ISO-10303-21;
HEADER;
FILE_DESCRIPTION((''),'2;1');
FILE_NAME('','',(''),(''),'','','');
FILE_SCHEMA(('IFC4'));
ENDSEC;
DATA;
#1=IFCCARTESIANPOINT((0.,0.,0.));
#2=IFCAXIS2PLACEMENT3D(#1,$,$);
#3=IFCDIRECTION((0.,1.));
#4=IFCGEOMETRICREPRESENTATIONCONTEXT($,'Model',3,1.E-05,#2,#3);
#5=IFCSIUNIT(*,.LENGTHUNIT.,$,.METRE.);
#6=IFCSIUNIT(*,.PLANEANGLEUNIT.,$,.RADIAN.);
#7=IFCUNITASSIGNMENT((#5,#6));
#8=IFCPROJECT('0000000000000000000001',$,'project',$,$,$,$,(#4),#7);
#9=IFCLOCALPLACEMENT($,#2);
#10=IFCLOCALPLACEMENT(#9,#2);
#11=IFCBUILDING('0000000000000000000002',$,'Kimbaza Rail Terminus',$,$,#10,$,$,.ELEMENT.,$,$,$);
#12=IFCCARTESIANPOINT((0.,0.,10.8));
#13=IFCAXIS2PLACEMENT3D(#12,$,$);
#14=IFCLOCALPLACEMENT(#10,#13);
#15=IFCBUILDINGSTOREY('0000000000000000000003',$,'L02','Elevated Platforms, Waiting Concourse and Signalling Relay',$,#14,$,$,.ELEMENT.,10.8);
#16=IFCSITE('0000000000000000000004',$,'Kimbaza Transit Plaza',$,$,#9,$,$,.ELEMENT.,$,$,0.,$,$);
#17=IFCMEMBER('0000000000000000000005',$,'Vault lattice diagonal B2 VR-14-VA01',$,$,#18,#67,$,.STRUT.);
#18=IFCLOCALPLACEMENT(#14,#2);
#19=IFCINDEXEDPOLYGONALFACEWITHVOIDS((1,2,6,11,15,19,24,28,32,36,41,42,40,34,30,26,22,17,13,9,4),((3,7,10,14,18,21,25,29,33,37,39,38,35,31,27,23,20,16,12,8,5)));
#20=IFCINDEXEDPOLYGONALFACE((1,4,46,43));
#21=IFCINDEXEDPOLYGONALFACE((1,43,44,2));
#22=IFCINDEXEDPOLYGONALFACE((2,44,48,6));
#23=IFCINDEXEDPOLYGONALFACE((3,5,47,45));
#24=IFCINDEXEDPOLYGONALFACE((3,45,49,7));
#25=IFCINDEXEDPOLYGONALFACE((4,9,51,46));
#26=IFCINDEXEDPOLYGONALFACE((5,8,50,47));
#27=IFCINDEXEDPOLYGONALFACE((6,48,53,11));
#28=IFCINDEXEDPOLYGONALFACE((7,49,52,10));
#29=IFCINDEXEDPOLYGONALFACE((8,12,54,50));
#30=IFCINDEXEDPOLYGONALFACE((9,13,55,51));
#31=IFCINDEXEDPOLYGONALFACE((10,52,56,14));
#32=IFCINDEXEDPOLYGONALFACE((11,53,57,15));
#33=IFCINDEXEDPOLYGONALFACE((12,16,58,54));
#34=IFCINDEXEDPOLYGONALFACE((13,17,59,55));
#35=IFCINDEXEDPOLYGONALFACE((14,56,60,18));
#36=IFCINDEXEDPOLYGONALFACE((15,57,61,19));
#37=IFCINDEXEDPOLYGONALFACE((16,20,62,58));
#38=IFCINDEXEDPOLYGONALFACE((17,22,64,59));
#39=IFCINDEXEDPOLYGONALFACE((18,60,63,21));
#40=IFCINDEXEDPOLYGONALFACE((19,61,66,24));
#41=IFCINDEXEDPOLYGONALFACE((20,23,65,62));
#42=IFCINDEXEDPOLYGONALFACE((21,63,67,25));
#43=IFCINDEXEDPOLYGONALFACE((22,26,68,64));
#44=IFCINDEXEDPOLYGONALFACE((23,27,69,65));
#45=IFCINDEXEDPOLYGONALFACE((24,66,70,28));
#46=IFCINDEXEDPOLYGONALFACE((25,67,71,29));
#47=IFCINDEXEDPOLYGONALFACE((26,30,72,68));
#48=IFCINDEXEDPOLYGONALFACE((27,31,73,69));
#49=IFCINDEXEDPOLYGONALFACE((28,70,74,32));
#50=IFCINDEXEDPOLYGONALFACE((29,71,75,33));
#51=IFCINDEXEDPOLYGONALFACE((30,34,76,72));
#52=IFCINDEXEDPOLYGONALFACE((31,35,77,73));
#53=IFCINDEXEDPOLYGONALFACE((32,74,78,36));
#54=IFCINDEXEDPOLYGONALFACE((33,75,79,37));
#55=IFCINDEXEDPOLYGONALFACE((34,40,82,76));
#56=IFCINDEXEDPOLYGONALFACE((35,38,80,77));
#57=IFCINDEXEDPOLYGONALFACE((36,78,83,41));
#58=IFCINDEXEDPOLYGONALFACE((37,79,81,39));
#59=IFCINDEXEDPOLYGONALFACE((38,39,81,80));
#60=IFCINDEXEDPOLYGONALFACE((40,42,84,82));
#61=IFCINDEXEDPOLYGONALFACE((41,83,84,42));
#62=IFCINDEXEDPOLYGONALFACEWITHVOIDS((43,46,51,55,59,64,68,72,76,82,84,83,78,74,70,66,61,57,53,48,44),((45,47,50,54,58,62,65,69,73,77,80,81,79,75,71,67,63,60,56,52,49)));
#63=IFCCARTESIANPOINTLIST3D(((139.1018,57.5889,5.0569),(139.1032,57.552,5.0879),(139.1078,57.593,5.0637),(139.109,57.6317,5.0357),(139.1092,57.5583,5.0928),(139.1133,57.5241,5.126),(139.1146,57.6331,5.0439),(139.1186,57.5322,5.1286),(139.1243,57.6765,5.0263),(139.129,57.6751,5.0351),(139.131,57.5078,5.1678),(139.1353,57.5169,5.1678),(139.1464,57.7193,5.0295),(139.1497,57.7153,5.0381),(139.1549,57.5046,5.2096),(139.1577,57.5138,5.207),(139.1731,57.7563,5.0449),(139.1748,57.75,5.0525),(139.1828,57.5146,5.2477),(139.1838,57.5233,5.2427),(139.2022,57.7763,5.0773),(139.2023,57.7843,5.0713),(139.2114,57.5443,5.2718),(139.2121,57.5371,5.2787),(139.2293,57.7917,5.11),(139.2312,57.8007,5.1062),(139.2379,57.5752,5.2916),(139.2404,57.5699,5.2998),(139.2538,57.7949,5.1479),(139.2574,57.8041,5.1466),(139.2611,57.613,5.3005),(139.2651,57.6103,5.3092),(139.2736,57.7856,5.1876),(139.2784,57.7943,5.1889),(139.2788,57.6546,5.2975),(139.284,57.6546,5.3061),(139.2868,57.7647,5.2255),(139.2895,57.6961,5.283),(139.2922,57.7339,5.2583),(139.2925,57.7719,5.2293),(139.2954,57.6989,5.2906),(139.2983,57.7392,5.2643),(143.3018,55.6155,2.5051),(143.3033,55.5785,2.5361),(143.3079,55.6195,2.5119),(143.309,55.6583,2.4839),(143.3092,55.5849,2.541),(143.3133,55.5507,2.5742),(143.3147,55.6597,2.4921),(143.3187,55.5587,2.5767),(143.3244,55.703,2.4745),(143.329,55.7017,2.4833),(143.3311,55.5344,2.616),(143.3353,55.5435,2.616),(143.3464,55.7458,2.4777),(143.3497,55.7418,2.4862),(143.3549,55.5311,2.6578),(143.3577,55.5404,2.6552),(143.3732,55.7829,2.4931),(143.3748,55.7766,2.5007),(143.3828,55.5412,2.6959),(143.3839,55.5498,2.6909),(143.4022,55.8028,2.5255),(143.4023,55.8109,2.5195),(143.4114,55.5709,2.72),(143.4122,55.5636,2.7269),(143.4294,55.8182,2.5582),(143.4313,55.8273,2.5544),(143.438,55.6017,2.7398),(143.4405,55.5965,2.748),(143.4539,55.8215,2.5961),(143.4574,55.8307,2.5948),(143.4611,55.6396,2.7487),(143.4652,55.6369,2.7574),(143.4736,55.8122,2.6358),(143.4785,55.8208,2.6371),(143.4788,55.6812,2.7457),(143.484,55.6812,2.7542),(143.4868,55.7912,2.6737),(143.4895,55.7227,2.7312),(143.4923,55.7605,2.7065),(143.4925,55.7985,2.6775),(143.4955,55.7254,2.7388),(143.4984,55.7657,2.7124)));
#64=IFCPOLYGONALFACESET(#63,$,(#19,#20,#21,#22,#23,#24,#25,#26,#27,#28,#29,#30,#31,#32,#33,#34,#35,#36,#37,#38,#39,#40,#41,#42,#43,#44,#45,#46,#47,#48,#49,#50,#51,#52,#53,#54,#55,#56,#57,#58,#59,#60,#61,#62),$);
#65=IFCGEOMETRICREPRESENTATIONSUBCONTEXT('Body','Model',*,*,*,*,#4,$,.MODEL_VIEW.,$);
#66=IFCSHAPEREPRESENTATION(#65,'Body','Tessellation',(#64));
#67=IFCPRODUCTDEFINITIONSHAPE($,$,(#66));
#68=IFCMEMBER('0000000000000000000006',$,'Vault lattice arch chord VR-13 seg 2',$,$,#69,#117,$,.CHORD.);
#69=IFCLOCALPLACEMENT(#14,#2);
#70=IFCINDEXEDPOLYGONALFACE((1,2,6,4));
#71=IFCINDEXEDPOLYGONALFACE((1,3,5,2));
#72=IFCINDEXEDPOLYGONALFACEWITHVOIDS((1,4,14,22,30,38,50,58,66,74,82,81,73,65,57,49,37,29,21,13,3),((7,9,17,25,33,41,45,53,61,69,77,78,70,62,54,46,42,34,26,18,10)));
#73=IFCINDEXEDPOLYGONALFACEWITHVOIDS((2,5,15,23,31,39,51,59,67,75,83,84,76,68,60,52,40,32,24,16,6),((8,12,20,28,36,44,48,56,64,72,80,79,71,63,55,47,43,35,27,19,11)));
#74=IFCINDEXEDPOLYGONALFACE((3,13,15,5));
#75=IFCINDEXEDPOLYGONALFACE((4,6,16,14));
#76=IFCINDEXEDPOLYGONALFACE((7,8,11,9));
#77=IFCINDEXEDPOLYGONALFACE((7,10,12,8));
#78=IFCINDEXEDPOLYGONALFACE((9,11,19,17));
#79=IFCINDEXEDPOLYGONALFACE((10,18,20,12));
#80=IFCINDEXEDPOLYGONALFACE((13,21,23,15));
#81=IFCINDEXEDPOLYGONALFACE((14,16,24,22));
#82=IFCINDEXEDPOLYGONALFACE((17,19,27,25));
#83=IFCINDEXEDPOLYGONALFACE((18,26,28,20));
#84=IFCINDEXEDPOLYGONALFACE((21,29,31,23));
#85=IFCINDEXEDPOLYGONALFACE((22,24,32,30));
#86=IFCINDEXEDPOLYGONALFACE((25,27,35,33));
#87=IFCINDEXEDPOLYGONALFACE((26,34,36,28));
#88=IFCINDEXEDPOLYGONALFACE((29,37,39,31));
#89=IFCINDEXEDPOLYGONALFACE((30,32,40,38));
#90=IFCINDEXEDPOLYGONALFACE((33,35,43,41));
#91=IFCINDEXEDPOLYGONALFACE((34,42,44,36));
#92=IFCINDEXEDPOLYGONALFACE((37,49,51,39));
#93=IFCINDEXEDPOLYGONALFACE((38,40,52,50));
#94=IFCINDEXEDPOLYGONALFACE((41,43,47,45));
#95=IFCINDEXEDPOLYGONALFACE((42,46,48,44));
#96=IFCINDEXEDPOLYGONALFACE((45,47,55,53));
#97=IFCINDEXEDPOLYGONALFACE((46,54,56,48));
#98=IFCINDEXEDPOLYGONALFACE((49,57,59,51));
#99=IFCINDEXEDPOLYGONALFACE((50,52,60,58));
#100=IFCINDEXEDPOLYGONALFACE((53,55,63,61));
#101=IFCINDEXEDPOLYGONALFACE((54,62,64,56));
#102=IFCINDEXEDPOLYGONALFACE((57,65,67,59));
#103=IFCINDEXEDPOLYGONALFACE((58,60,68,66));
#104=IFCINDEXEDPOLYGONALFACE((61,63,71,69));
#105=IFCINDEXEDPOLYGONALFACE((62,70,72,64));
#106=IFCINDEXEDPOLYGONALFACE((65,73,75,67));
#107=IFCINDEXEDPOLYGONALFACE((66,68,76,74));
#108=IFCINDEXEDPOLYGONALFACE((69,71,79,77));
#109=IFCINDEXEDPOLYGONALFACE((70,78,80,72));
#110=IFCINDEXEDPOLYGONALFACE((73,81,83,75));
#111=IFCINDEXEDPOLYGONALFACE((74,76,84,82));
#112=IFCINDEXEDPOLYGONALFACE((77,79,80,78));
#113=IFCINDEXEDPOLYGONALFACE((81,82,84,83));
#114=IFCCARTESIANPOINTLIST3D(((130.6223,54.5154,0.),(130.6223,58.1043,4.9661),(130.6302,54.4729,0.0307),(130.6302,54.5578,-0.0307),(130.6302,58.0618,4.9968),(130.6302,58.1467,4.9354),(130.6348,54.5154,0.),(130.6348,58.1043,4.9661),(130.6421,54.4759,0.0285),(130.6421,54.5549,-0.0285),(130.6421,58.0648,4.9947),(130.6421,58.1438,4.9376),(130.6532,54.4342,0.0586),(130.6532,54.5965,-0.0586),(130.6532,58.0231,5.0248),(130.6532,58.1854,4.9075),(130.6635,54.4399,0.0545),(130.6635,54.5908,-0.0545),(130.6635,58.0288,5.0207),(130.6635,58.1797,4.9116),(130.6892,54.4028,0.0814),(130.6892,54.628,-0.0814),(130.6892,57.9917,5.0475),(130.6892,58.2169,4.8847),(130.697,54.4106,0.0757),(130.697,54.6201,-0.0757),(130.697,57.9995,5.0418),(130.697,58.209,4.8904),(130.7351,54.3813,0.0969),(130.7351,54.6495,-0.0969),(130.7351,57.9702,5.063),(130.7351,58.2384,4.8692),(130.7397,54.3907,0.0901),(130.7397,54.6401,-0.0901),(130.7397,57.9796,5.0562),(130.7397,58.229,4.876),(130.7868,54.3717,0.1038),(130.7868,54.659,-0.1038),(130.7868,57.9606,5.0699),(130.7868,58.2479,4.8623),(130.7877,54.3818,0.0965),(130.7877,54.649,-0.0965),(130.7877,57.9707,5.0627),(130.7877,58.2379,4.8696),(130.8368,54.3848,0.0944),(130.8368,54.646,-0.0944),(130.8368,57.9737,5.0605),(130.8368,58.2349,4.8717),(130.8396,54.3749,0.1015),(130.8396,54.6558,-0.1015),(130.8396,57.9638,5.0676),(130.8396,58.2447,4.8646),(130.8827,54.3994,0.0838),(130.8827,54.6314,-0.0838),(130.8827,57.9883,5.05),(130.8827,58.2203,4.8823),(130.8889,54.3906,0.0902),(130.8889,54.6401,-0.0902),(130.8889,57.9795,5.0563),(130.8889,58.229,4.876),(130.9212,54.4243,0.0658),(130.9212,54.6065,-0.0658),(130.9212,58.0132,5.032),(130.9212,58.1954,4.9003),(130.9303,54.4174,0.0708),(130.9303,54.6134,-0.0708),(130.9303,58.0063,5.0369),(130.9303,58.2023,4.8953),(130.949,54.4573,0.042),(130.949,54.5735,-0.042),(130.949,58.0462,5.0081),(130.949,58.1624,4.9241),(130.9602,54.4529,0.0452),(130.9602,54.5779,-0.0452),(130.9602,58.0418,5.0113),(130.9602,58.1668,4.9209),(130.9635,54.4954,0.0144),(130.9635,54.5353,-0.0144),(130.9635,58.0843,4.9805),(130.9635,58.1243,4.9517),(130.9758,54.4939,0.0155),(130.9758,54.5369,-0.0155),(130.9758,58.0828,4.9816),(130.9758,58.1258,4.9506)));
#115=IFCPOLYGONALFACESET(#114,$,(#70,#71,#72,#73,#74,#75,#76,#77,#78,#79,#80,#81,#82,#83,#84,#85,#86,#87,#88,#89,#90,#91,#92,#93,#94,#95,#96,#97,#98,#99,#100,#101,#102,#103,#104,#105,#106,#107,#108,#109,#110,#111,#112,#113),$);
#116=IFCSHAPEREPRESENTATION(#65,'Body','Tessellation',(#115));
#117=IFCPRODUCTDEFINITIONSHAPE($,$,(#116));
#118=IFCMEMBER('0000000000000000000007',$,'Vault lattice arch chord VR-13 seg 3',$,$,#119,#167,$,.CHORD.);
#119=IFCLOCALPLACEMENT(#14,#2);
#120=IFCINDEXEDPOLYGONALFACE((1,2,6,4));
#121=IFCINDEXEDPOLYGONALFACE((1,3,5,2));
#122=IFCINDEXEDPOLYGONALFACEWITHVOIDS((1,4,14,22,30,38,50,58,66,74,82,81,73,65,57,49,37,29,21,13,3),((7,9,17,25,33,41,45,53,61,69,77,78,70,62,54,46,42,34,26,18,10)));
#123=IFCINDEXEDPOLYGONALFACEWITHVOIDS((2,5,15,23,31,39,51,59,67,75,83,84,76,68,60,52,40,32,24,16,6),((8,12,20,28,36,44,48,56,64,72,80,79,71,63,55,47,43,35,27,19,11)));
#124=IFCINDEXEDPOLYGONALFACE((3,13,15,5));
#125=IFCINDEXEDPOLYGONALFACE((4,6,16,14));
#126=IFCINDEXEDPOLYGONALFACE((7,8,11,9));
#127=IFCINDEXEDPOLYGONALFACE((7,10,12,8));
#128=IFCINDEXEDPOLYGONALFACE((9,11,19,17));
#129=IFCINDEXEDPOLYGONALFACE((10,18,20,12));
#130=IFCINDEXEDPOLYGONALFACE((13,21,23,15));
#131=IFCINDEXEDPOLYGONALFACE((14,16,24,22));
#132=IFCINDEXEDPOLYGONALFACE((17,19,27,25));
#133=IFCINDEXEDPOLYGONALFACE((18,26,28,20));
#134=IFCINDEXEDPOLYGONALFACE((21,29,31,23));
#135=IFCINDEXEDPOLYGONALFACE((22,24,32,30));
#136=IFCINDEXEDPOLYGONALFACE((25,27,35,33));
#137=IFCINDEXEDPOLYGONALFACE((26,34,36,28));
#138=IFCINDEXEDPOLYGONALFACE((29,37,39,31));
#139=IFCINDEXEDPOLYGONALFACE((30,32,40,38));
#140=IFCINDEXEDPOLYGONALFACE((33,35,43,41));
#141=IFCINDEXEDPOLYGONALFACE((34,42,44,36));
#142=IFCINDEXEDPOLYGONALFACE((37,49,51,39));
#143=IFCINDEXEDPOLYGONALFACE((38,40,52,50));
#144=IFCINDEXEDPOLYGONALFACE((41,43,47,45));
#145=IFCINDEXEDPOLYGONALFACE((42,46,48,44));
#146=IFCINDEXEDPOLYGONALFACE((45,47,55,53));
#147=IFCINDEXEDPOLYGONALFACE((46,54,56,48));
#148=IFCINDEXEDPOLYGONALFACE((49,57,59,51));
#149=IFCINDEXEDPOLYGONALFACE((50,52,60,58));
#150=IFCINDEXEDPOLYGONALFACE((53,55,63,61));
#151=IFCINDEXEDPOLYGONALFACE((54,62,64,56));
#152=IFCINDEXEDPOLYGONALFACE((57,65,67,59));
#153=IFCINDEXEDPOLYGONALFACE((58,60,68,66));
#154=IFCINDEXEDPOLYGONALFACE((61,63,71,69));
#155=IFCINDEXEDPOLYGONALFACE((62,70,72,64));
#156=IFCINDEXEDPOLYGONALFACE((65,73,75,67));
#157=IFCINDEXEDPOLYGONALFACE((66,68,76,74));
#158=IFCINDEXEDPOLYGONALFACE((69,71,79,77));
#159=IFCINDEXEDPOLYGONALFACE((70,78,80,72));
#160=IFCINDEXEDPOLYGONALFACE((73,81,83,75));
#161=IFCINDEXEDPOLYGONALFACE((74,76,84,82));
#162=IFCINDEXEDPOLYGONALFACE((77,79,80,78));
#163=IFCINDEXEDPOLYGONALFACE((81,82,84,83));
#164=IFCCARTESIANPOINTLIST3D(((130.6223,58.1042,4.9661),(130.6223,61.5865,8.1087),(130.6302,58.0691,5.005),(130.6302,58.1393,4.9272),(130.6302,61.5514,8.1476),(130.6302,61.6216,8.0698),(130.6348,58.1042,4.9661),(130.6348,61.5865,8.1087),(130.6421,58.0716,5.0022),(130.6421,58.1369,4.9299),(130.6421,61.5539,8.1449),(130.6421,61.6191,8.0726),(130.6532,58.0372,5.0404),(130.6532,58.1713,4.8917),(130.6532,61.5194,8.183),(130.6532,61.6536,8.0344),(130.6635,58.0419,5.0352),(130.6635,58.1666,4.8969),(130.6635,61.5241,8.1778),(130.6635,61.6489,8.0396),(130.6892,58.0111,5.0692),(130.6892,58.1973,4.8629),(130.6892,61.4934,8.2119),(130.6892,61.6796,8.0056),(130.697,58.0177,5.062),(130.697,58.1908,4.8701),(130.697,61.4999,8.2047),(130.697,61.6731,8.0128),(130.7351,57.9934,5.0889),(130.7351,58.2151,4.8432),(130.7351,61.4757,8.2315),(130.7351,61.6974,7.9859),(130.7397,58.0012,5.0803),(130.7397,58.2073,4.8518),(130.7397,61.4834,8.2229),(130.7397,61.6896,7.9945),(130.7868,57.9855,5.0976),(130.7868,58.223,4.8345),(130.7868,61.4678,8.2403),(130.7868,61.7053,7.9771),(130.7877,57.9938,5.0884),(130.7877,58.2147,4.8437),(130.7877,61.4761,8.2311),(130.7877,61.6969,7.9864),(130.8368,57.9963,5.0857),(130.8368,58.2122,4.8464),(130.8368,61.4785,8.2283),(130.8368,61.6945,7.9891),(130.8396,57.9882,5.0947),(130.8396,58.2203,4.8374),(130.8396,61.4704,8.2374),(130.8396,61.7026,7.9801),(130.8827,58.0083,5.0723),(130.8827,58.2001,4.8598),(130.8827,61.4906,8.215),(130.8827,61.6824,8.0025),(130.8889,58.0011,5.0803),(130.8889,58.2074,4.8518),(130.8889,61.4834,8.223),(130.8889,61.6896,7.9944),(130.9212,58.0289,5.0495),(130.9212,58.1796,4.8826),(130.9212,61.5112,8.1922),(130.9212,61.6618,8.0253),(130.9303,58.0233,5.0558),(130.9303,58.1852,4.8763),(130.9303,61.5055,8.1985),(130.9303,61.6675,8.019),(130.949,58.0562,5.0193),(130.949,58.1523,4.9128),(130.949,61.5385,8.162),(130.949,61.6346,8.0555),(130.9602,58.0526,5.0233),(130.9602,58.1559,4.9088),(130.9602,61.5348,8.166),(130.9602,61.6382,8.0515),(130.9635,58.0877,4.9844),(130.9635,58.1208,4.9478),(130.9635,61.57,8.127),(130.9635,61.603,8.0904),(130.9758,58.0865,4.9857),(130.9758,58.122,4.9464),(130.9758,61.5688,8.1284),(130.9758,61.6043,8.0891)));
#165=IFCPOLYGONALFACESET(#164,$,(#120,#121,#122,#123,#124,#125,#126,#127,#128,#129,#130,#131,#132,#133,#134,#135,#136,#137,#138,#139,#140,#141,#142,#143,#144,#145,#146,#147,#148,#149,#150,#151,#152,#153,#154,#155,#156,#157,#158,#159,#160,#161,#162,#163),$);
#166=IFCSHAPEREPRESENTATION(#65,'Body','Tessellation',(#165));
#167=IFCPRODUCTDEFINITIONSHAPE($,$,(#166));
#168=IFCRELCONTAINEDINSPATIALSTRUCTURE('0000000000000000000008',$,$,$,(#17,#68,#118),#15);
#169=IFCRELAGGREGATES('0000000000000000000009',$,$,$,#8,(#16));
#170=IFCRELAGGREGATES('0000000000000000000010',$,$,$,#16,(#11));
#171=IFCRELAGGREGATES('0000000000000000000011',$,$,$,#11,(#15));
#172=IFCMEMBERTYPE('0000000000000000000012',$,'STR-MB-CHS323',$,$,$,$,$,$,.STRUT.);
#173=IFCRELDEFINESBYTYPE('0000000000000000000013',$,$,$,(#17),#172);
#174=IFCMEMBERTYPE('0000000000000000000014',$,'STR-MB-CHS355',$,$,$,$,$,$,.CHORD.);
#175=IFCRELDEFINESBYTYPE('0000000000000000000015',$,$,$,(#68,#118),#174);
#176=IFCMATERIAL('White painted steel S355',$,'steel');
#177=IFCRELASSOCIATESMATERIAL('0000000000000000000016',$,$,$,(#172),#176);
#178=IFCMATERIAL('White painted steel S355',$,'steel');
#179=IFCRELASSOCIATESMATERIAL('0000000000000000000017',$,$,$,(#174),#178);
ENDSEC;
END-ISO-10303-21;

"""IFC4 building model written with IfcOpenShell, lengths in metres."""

from ifc_helpers import new_model, si_unit, direction, frame, origin, origin_2d, place, context, subcontext, project, spatial, hollow_circle, extrude, material, material_profile, profile_set, type_object, element, save


model = new_model("IFC4")

# Units and contexts
model_context = context("Model", 3, precision=1e-05, world=origin(), true_north=direction((0.0, 1.0)))
body_context = subcontext(model_context, "Body", "Model", "MODEL_VIEW")
ifc_project = project(units=[si_unit("LENGTHUNIT", "METRE"), si_unit("PLANEANGLEUNIT", "RADIAN")], contexts=[model_context])

# Site, building, storey
site_placement = place(None, origin())
site = spatial("IfcSite", under=ifc_project, at=site_placement, Name="Kimbaza Transit Plaza", CompositionType="ELEMENT", RefElevation=0.0)
building_placement = place(site_placement, origin())
building = spatial("IfcBuilding", under=site, at=building_placement, Name="Kimbaza Rail Terminus", CompositionType="ELEMENT")
storey_placement = place(building_placement, frame((0.0, 0.0, 10.8)))
storey = spatial("IfcBuildingStorey", under=building, at=storey_placement, Name="L02", Description="Elevated Platforms, Waiting Concourse and Signalling Relay", CompositionType="ELEMENT", Elevation=10.8)

# Members
ifc_material_1 = material(Name="White painted steel S355", Category="steel")
ifc_material_profile_1 = material_profile(ifc_material_1, hollow_circle(Radius=0.1619, WallThickness=0.01, at=origin_2d()), Name="CHS 323.9x10")
ifc_profile_set_1 = profile_set([ifc_material_profile_1], Name="White painted steel S355")
member_type_1 = type_object("IfcMemberType", Name="STR-MB-CHS323", PredefinedType="STRUT", material=ifc_profile_set_1)
member_1_placement = place(storey_placement, frame((143.3999, 55.6809, 2.616), z_axis=(-0.793075, 0.372634, 0.481847), x_axis=(-0.425257, -0.905073, 0.0)))
element("IfcMember", 1, at=member_1_placement, inside=storey, type_object=member_type_1, Name="Vault lattice diagonal B2 VR-14-VA01", PredefinedType="STRUT", context=body_context, shape_type="SweptSolid", body=[
    extrude(hollow_circle(Radius=0.1619, WallThickness=0.01, at=origin_2d()), origin(), (0.0, 0.0, 1.0), 5.2959),
])
ifc_material_2 = material(Name="White painted steel S355", Category="steel")
ifc_material_profile_2 = material_profile(ifc_material_2, hollow_circle(Radius=0.1777, WallThickness=0.0125, at=origin_2d()), Name="CHS 355.6x12.5")
ifc_profile_set_2 = profile_set([ifc_material_profile_2], Name="White painted steel S355")
member_type_2 = type_object("IfcMemberType", Name="STR-MB-CHS355", PredefinedType="CHORD", material=ifc_profile_set_2)
member_2_placement = place(storey_placement, frame((130.8, 54.5154, 0.0), z_axis=(0.0, 0.585733, 0.810504), x_axis=(-1.0, 0.0, 0.0)))
element("IfcMember", 2, at=member_2_placement, inside=storey, type_object=member_type_2, Name="Vault lattice arch chord VR-13 seg 2", PredefinedType="CHORD", context=body_context, shape_type="SweptSolid", body=[
    extrude(hollow_circle(Radius=0.1777, WallThickness=0.0125, at=origin_2d()), origin(), (0.0, 0.0, 1.0), 6.1272),
])
member_3_placement = place(storey_placement, frame((130.8, 58.1042, 4.9661), z_axis=(0.0, 0.74238, 0.669979), x_axis=(-1.0, 0.0, 0.0)))
element("IfcMember", 3, at=member_3_placement, inside=storey, type_object=member_type_2, Name="Vault lattice arch chord VR-13 seg 3", PredefinedType="CHORD", context=body_context, shape_type="SweptSolid", body=[
    extrude(hollow_circle(Radius=0.1777, WallThickness=0.0125, at=origin_2d()), origin(), (0.0, 0.0, 1.0), 4.6907),
])

save(model, "model.ifc")
